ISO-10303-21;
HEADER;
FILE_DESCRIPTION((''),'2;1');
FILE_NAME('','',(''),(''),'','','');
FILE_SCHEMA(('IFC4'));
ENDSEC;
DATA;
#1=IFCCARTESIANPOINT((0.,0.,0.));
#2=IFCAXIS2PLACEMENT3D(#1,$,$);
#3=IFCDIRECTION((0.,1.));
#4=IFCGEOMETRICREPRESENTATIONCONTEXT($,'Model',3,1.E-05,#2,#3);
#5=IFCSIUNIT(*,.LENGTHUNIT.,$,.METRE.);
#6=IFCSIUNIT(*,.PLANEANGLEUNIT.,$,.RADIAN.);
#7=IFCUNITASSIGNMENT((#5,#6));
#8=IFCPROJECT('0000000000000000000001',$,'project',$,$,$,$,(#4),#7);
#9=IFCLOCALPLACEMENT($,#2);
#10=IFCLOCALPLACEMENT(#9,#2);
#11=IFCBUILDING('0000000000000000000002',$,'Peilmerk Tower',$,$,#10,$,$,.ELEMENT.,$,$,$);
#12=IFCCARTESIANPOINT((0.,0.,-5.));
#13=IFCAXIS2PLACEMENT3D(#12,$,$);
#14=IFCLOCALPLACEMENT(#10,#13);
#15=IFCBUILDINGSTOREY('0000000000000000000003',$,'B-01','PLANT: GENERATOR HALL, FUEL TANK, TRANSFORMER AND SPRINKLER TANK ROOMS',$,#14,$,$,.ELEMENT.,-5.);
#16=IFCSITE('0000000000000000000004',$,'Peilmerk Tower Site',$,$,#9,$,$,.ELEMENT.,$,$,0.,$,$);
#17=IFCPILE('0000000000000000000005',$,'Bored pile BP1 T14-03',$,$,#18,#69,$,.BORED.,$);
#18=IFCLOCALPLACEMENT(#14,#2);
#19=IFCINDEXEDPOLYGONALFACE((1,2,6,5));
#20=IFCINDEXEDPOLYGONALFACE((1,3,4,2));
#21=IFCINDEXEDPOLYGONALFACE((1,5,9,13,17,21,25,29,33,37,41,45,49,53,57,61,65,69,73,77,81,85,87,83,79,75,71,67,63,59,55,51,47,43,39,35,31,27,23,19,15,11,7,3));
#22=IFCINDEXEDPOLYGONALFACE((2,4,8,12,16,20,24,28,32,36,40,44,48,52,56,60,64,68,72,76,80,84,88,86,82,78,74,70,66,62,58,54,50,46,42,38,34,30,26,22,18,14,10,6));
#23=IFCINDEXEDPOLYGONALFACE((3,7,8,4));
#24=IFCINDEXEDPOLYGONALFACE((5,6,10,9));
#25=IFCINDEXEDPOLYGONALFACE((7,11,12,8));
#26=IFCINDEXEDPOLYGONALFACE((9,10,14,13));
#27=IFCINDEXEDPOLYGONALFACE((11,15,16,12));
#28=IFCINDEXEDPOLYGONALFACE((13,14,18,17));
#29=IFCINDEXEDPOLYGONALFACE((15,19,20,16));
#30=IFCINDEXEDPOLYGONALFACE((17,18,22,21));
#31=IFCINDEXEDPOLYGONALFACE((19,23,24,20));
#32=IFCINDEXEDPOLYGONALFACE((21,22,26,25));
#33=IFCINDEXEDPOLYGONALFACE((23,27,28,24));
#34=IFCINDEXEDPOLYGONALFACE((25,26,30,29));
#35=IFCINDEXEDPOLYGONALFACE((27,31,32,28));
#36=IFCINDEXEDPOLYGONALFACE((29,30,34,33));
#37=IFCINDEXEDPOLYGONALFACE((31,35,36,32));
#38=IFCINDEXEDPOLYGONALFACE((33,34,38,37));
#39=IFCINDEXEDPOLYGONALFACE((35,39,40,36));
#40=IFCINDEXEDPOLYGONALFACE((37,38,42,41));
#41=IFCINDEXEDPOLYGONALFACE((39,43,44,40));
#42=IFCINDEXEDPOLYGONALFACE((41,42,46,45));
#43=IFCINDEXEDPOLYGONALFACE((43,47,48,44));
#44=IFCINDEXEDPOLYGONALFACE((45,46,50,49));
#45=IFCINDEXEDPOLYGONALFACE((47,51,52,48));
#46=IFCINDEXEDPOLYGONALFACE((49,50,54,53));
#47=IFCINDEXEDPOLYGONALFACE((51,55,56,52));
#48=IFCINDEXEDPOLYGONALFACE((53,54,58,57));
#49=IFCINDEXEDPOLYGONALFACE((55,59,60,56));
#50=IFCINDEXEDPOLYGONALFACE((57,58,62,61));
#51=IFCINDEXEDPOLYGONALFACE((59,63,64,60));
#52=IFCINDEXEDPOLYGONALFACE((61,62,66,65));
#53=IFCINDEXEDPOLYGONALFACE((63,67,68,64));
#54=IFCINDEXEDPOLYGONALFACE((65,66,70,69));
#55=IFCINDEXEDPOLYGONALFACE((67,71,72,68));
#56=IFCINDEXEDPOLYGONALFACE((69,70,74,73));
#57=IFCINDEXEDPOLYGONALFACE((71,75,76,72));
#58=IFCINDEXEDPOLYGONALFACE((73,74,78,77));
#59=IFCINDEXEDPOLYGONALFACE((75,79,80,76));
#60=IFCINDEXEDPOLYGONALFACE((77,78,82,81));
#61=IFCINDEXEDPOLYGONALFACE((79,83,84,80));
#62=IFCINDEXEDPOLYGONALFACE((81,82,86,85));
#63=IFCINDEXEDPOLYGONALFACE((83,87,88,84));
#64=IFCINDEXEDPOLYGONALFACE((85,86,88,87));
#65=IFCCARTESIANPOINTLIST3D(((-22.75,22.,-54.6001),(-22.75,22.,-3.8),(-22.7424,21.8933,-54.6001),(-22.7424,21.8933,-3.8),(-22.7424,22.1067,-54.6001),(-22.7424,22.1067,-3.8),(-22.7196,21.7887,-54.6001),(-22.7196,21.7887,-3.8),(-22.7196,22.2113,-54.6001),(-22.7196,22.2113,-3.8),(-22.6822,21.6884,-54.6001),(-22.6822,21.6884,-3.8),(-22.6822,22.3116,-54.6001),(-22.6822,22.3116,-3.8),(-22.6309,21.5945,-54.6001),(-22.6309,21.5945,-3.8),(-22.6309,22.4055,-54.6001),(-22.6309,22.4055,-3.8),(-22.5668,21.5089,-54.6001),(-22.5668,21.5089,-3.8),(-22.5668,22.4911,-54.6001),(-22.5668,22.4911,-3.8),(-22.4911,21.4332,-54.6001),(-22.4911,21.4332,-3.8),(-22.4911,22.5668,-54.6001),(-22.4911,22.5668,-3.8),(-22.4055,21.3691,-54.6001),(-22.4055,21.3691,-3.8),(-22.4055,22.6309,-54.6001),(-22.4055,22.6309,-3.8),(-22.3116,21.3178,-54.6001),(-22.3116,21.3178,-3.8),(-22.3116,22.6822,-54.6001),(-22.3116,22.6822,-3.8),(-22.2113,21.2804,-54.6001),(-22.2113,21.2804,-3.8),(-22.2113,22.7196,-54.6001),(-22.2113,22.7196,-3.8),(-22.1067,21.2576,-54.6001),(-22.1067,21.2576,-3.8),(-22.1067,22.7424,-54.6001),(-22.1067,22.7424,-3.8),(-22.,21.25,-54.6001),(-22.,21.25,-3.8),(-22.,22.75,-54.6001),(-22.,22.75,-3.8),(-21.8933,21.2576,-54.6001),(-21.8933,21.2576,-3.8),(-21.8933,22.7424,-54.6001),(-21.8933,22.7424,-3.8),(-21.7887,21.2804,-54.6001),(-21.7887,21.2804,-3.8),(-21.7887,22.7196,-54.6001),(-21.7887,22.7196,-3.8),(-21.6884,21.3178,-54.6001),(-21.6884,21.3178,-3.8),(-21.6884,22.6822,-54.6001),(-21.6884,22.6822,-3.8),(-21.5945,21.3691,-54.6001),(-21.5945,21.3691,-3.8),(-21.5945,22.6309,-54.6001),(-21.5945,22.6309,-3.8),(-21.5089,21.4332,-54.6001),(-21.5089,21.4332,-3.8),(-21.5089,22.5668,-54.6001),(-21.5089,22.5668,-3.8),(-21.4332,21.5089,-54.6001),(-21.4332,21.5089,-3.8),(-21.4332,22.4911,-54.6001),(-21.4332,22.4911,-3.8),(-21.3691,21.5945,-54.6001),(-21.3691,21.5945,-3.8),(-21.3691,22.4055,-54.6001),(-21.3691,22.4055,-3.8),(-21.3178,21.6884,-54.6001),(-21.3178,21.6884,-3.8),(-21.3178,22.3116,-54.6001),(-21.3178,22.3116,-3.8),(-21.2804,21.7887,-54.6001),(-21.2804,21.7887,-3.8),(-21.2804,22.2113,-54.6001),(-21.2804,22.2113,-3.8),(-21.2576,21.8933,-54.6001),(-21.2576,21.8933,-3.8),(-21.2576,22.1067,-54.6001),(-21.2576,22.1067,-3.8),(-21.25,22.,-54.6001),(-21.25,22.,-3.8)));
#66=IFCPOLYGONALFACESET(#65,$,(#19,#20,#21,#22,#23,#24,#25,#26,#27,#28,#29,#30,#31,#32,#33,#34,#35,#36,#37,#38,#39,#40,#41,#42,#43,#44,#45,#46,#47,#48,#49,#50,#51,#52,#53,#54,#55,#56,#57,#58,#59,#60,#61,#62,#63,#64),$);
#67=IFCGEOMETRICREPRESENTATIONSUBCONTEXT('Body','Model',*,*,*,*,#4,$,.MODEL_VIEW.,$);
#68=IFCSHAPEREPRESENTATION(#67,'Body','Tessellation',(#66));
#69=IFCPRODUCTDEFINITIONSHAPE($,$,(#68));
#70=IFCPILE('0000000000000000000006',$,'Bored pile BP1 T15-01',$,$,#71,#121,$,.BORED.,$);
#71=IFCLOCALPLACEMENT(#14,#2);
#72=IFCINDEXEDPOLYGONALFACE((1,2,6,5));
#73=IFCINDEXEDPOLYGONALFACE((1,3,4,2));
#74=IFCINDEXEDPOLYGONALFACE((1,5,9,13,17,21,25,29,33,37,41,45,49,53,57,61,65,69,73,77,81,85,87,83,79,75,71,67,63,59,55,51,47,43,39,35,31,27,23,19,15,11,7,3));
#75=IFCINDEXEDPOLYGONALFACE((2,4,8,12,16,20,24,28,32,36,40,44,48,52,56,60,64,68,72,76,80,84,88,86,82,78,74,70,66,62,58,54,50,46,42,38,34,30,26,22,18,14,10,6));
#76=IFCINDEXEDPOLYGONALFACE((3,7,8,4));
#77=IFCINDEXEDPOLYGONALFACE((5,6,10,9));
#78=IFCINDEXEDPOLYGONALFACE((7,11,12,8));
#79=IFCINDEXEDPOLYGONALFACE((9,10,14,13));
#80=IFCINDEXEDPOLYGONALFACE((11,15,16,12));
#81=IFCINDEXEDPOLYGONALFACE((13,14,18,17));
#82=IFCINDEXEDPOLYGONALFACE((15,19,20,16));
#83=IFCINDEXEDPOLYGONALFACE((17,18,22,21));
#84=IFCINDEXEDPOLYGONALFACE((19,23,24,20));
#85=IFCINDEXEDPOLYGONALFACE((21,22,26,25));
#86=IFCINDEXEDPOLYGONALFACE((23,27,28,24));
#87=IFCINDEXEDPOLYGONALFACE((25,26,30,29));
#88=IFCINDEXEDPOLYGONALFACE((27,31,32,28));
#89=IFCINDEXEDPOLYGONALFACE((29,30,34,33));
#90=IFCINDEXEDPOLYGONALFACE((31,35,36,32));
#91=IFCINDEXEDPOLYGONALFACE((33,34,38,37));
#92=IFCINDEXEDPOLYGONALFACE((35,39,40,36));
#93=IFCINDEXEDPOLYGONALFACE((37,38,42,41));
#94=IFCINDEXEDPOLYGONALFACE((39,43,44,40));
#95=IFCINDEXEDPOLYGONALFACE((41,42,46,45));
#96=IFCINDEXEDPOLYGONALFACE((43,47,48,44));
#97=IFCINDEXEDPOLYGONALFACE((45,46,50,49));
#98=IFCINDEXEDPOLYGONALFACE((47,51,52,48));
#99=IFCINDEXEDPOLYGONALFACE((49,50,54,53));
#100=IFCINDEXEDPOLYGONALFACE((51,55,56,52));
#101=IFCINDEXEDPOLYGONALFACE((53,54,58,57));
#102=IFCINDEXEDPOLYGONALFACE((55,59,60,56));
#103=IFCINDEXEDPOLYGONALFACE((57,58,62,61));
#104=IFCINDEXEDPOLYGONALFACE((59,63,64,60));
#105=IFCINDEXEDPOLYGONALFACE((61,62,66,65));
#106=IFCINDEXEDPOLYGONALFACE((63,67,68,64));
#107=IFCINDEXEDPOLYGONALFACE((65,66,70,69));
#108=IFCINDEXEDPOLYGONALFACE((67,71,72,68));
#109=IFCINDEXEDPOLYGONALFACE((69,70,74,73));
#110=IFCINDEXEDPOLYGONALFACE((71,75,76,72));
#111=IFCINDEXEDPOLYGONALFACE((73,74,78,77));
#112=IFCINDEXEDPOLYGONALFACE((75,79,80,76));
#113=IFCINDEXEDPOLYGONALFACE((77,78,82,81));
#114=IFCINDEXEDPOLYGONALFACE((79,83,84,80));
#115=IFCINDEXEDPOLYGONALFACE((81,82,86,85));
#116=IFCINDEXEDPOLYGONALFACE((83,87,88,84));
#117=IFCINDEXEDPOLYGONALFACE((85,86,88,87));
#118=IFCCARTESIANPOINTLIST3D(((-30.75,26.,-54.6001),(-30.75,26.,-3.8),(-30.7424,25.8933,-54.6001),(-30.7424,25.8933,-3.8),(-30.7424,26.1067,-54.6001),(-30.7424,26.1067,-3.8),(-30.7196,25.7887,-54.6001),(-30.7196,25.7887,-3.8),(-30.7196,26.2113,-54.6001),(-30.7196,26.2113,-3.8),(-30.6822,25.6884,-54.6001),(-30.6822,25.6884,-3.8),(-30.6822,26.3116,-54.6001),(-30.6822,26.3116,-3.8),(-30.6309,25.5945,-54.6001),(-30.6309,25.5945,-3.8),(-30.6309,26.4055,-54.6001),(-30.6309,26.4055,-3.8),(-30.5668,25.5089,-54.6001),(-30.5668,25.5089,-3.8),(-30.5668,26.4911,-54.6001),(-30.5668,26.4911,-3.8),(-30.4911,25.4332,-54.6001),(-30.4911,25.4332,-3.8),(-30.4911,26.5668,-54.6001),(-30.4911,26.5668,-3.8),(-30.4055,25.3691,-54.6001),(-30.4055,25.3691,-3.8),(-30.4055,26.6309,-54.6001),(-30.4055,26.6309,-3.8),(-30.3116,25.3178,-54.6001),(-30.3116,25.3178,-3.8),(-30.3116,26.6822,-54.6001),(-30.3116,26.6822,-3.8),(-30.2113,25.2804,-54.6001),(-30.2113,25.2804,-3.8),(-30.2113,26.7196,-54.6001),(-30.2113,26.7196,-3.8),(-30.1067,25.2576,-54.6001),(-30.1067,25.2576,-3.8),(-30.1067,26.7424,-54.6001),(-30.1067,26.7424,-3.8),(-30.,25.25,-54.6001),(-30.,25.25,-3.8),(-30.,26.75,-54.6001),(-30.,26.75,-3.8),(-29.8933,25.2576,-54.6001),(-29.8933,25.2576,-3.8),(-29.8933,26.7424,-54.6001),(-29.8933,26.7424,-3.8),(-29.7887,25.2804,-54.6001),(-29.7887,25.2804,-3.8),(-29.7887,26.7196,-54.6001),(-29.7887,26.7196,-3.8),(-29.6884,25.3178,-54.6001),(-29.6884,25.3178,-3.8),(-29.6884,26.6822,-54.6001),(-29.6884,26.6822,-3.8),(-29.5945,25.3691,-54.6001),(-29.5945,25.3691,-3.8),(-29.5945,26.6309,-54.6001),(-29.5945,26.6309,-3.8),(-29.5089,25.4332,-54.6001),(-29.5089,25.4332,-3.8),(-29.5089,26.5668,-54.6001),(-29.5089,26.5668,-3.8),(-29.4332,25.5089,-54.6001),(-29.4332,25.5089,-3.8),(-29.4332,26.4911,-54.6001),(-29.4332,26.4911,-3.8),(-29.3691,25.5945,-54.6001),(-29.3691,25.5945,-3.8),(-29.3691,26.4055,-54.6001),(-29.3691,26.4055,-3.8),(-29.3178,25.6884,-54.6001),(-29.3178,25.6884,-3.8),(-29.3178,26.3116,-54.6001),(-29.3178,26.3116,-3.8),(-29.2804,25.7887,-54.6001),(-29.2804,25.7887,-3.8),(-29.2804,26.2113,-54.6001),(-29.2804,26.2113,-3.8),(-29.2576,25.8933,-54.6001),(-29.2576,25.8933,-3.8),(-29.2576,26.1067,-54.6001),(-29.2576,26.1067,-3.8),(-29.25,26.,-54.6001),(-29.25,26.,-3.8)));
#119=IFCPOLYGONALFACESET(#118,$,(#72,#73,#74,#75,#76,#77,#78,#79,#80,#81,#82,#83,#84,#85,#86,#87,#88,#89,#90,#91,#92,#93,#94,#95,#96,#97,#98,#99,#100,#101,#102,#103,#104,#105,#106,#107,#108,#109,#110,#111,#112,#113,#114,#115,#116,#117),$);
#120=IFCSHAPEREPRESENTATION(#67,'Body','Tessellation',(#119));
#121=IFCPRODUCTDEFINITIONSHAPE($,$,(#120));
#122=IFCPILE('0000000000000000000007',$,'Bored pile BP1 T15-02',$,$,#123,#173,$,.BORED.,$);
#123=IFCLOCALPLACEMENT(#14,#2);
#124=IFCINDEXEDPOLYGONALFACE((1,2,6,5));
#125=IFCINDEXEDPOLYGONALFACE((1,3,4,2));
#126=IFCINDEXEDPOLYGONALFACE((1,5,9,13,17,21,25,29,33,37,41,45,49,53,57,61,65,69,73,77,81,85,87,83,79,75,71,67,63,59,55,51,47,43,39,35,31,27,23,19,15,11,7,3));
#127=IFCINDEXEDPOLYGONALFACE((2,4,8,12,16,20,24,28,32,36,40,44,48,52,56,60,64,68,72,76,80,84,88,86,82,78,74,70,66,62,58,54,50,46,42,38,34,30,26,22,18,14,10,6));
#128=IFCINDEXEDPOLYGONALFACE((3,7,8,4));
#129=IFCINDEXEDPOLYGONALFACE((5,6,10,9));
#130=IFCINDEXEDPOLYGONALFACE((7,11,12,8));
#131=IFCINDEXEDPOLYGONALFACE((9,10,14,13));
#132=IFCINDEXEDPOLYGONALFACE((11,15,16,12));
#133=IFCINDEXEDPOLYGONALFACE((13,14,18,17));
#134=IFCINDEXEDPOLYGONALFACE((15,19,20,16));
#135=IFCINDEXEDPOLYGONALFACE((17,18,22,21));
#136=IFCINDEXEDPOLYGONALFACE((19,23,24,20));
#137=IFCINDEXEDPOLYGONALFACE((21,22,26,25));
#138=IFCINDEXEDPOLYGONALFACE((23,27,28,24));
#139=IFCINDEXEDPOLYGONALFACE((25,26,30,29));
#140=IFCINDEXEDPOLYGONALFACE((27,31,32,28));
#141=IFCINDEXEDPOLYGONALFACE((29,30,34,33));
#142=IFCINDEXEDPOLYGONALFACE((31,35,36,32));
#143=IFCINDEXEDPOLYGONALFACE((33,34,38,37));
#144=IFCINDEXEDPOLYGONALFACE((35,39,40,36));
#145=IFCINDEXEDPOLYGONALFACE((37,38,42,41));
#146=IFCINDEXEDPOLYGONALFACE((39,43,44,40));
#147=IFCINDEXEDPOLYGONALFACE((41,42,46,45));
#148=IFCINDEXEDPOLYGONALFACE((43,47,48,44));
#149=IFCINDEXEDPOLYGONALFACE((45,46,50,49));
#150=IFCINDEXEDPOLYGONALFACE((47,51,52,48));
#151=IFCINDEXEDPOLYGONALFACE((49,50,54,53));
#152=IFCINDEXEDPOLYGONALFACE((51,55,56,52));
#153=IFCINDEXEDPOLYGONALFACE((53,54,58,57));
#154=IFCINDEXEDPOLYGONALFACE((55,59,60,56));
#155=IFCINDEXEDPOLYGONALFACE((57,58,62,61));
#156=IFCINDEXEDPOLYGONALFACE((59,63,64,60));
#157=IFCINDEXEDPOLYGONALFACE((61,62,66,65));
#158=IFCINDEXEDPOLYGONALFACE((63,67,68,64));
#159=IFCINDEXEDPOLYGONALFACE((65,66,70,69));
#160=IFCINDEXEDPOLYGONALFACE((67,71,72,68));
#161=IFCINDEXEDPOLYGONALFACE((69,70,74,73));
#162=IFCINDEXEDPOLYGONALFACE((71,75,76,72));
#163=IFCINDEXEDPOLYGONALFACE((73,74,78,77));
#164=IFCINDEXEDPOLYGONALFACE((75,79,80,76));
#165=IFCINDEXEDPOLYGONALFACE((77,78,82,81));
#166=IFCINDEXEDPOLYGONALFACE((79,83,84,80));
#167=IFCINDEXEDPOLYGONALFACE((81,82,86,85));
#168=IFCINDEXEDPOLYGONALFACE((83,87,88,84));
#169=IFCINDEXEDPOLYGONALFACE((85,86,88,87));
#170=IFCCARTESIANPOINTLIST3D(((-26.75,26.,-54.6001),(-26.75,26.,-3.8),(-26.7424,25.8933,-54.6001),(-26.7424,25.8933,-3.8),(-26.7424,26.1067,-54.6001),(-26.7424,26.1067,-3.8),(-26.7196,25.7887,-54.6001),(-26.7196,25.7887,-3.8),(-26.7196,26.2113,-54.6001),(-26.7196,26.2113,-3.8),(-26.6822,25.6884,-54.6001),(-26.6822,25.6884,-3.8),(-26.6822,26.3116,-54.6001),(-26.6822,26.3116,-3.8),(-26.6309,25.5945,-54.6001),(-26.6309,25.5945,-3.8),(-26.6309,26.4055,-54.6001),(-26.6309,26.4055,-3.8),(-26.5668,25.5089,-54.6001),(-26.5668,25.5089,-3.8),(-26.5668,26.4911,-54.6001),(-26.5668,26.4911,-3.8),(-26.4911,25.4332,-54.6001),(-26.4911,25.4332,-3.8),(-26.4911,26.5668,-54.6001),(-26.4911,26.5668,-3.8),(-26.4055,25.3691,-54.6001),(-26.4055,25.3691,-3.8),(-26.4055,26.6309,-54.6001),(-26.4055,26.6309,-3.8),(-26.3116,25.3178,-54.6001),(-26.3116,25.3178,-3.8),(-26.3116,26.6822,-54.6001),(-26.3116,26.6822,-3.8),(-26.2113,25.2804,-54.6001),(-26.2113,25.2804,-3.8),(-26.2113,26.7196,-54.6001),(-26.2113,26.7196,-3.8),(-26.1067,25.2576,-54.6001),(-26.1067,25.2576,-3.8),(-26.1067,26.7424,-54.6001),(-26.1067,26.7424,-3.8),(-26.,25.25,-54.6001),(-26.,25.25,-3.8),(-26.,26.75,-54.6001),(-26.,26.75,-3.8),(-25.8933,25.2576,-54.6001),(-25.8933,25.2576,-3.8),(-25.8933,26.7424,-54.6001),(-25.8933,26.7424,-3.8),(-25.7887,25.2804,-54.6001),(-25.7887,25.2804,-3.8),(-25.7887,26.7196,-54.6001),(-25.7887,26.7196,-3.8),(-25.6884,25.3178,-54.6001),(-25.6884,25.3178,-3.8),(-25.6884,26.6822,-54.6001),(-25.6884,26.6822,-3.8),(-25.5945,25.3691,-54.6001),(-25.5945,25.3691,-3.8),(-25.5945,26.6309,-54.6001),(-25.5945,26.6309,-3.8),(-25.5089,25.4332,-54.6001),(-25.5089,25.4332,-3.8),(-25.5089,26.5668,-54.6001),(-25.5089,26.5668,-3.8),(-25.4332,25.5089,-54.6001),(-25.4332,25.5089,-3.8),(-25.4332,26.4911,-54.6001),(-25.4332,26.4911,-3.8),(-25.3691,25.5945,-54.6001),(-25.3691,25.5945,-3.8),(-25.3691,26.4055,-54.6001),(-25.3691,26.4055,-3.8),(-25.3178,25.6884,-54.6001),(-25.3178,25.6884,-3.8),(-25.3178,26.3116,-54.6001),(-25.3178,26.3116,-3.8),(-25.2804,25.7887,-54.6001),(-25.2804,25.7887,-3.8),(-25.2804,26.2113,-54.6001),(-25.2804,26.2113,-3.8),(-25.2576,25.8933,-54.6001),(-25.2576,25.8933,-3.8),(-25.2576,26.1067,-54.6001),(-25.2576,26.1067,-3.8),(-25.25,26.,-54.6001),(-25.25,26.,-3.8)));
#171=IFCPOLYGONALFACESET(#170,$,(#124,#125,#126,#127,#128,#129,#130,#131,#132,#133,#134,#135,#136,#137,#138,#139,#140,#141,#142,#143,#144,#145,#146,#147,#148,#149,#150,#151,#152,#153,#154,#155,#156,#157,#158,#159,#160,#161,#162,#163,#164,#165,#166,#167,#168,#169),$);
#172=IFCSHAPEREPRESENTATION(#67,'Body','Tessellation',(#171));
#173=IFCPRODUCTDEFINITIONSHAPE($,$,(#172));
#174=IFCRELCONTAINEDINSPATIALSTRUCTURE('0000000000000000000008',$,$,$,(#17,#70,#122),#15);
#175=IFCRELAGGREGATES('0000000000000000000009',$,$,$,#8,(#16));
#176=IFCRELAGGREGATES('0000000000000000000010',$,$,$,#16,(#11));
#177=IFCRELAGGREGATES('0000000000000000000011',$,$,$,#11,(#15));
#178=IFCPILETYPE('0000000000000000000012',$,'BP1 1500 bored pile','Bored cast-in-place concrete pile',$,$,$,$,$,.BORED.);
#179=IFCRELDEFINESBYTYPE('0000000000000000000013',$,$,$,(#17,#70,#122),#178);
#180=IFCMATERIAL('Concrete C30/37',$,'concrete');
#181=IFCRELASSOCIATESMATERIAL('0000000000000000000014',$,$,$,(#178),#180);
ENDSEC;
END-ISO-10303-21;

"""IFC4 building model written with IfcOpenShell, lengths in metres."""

from ifc_helpers import new_model, si_unit, direction, frame, origin, origin_2d, place, context, subcontext, project, spatial, circle, extrude, material, material_profile, profile_set, type_object, element, save


model = new_model("IFC4")

# Units and contexts
model_context = context("Model", 3, precision=1e-05, world=origin(), true_north=direction((0.0, 1.0)))
body_context = subcontext(model_context, "Body", "Model", "MODEL_VIEW")
ifc_project = project(units=[si_unit("LENGTHUNIT", "METRE"), si_unit("PLANEANGLEUNIT", "RADIAN")], contexts=[model_context])

# Site, building, storey
site_placement = place(None, origin())
site = spatial("IfcSite", under=ifc_project, at=site_placement, Name="Peilmerk Tower Site", CompositionType="ELEMENT", RefElevation=0.0)
building_placement = place(site_placement, origin())
building = spatial("IfcBuilding", under=site, at=building_placement, Name="Peilmerk Tower", CompositionType="ELEMENT")
storey_placement = place(building_placement, frame((0.0, 0.0, -5.0)))
storey = spatial("IfcBuildingStorey", under=building, at=storey_placement, Name="B-01", Description="PLANT: GENERATOR HALL, FUEL TANK, TRANSFORMER AND SPRINKLER TANK ROOMS", CompositionType="ELEMENT", Elevation=-5.0)

# Piles
ifc_material_1 = material(Name="Concrete C30/37", Category="concrete")
ifc_material_profile_1 = material_profile(ifc_material_1, circle(Radius=0.75, at=origin_2d()), Name="BP 1500")
ifc_profile_set_1 = profile_set([ifc_material_profile_1], Name="Concrete C30/37")
pile_type_1 = type_object("IfcPileType", Name="BP1 1500 bored pile", Description="Bored cast-in-place concrete pile", PredefinedType="BORED", material=ifc_profile_set_1)
for number, where, z_axis, x_axis, name in (
    (1, (-22.0, 22.0, -3.8), (0.0, 0.0, -1.0), (1.0, 0.0, 0.0), "Bored pile BP1 T14-03"),
    (2, (-30.0, 26.0, -3.8), (0.0, 0.0, -1.0), (1.0, 0.0, 0.0), "Bored pile BP1 T15-01"),
    (3, (-26.0, 26.0, -3.8), (0.0, 0.0, -1.0), (1.0, 0.0, 0.0), "Bored pile BP1 T15-02"),
):
    element("IfcPile", number, at=place(storey_placement, frame(where, z_axis=z_axis, x_axis=x_axis)), inside=storey, type_object=pile_type_1, Name=name, PredefinedType="BORED", context=body_context, shape_type="SweptSolid", body=[
        extrude(circle(Radius=0.75, at=origin_2d()), origin(), (0.0, 0.0, 1.0), 50.8),
    ])

save(model, "model.ifc")
